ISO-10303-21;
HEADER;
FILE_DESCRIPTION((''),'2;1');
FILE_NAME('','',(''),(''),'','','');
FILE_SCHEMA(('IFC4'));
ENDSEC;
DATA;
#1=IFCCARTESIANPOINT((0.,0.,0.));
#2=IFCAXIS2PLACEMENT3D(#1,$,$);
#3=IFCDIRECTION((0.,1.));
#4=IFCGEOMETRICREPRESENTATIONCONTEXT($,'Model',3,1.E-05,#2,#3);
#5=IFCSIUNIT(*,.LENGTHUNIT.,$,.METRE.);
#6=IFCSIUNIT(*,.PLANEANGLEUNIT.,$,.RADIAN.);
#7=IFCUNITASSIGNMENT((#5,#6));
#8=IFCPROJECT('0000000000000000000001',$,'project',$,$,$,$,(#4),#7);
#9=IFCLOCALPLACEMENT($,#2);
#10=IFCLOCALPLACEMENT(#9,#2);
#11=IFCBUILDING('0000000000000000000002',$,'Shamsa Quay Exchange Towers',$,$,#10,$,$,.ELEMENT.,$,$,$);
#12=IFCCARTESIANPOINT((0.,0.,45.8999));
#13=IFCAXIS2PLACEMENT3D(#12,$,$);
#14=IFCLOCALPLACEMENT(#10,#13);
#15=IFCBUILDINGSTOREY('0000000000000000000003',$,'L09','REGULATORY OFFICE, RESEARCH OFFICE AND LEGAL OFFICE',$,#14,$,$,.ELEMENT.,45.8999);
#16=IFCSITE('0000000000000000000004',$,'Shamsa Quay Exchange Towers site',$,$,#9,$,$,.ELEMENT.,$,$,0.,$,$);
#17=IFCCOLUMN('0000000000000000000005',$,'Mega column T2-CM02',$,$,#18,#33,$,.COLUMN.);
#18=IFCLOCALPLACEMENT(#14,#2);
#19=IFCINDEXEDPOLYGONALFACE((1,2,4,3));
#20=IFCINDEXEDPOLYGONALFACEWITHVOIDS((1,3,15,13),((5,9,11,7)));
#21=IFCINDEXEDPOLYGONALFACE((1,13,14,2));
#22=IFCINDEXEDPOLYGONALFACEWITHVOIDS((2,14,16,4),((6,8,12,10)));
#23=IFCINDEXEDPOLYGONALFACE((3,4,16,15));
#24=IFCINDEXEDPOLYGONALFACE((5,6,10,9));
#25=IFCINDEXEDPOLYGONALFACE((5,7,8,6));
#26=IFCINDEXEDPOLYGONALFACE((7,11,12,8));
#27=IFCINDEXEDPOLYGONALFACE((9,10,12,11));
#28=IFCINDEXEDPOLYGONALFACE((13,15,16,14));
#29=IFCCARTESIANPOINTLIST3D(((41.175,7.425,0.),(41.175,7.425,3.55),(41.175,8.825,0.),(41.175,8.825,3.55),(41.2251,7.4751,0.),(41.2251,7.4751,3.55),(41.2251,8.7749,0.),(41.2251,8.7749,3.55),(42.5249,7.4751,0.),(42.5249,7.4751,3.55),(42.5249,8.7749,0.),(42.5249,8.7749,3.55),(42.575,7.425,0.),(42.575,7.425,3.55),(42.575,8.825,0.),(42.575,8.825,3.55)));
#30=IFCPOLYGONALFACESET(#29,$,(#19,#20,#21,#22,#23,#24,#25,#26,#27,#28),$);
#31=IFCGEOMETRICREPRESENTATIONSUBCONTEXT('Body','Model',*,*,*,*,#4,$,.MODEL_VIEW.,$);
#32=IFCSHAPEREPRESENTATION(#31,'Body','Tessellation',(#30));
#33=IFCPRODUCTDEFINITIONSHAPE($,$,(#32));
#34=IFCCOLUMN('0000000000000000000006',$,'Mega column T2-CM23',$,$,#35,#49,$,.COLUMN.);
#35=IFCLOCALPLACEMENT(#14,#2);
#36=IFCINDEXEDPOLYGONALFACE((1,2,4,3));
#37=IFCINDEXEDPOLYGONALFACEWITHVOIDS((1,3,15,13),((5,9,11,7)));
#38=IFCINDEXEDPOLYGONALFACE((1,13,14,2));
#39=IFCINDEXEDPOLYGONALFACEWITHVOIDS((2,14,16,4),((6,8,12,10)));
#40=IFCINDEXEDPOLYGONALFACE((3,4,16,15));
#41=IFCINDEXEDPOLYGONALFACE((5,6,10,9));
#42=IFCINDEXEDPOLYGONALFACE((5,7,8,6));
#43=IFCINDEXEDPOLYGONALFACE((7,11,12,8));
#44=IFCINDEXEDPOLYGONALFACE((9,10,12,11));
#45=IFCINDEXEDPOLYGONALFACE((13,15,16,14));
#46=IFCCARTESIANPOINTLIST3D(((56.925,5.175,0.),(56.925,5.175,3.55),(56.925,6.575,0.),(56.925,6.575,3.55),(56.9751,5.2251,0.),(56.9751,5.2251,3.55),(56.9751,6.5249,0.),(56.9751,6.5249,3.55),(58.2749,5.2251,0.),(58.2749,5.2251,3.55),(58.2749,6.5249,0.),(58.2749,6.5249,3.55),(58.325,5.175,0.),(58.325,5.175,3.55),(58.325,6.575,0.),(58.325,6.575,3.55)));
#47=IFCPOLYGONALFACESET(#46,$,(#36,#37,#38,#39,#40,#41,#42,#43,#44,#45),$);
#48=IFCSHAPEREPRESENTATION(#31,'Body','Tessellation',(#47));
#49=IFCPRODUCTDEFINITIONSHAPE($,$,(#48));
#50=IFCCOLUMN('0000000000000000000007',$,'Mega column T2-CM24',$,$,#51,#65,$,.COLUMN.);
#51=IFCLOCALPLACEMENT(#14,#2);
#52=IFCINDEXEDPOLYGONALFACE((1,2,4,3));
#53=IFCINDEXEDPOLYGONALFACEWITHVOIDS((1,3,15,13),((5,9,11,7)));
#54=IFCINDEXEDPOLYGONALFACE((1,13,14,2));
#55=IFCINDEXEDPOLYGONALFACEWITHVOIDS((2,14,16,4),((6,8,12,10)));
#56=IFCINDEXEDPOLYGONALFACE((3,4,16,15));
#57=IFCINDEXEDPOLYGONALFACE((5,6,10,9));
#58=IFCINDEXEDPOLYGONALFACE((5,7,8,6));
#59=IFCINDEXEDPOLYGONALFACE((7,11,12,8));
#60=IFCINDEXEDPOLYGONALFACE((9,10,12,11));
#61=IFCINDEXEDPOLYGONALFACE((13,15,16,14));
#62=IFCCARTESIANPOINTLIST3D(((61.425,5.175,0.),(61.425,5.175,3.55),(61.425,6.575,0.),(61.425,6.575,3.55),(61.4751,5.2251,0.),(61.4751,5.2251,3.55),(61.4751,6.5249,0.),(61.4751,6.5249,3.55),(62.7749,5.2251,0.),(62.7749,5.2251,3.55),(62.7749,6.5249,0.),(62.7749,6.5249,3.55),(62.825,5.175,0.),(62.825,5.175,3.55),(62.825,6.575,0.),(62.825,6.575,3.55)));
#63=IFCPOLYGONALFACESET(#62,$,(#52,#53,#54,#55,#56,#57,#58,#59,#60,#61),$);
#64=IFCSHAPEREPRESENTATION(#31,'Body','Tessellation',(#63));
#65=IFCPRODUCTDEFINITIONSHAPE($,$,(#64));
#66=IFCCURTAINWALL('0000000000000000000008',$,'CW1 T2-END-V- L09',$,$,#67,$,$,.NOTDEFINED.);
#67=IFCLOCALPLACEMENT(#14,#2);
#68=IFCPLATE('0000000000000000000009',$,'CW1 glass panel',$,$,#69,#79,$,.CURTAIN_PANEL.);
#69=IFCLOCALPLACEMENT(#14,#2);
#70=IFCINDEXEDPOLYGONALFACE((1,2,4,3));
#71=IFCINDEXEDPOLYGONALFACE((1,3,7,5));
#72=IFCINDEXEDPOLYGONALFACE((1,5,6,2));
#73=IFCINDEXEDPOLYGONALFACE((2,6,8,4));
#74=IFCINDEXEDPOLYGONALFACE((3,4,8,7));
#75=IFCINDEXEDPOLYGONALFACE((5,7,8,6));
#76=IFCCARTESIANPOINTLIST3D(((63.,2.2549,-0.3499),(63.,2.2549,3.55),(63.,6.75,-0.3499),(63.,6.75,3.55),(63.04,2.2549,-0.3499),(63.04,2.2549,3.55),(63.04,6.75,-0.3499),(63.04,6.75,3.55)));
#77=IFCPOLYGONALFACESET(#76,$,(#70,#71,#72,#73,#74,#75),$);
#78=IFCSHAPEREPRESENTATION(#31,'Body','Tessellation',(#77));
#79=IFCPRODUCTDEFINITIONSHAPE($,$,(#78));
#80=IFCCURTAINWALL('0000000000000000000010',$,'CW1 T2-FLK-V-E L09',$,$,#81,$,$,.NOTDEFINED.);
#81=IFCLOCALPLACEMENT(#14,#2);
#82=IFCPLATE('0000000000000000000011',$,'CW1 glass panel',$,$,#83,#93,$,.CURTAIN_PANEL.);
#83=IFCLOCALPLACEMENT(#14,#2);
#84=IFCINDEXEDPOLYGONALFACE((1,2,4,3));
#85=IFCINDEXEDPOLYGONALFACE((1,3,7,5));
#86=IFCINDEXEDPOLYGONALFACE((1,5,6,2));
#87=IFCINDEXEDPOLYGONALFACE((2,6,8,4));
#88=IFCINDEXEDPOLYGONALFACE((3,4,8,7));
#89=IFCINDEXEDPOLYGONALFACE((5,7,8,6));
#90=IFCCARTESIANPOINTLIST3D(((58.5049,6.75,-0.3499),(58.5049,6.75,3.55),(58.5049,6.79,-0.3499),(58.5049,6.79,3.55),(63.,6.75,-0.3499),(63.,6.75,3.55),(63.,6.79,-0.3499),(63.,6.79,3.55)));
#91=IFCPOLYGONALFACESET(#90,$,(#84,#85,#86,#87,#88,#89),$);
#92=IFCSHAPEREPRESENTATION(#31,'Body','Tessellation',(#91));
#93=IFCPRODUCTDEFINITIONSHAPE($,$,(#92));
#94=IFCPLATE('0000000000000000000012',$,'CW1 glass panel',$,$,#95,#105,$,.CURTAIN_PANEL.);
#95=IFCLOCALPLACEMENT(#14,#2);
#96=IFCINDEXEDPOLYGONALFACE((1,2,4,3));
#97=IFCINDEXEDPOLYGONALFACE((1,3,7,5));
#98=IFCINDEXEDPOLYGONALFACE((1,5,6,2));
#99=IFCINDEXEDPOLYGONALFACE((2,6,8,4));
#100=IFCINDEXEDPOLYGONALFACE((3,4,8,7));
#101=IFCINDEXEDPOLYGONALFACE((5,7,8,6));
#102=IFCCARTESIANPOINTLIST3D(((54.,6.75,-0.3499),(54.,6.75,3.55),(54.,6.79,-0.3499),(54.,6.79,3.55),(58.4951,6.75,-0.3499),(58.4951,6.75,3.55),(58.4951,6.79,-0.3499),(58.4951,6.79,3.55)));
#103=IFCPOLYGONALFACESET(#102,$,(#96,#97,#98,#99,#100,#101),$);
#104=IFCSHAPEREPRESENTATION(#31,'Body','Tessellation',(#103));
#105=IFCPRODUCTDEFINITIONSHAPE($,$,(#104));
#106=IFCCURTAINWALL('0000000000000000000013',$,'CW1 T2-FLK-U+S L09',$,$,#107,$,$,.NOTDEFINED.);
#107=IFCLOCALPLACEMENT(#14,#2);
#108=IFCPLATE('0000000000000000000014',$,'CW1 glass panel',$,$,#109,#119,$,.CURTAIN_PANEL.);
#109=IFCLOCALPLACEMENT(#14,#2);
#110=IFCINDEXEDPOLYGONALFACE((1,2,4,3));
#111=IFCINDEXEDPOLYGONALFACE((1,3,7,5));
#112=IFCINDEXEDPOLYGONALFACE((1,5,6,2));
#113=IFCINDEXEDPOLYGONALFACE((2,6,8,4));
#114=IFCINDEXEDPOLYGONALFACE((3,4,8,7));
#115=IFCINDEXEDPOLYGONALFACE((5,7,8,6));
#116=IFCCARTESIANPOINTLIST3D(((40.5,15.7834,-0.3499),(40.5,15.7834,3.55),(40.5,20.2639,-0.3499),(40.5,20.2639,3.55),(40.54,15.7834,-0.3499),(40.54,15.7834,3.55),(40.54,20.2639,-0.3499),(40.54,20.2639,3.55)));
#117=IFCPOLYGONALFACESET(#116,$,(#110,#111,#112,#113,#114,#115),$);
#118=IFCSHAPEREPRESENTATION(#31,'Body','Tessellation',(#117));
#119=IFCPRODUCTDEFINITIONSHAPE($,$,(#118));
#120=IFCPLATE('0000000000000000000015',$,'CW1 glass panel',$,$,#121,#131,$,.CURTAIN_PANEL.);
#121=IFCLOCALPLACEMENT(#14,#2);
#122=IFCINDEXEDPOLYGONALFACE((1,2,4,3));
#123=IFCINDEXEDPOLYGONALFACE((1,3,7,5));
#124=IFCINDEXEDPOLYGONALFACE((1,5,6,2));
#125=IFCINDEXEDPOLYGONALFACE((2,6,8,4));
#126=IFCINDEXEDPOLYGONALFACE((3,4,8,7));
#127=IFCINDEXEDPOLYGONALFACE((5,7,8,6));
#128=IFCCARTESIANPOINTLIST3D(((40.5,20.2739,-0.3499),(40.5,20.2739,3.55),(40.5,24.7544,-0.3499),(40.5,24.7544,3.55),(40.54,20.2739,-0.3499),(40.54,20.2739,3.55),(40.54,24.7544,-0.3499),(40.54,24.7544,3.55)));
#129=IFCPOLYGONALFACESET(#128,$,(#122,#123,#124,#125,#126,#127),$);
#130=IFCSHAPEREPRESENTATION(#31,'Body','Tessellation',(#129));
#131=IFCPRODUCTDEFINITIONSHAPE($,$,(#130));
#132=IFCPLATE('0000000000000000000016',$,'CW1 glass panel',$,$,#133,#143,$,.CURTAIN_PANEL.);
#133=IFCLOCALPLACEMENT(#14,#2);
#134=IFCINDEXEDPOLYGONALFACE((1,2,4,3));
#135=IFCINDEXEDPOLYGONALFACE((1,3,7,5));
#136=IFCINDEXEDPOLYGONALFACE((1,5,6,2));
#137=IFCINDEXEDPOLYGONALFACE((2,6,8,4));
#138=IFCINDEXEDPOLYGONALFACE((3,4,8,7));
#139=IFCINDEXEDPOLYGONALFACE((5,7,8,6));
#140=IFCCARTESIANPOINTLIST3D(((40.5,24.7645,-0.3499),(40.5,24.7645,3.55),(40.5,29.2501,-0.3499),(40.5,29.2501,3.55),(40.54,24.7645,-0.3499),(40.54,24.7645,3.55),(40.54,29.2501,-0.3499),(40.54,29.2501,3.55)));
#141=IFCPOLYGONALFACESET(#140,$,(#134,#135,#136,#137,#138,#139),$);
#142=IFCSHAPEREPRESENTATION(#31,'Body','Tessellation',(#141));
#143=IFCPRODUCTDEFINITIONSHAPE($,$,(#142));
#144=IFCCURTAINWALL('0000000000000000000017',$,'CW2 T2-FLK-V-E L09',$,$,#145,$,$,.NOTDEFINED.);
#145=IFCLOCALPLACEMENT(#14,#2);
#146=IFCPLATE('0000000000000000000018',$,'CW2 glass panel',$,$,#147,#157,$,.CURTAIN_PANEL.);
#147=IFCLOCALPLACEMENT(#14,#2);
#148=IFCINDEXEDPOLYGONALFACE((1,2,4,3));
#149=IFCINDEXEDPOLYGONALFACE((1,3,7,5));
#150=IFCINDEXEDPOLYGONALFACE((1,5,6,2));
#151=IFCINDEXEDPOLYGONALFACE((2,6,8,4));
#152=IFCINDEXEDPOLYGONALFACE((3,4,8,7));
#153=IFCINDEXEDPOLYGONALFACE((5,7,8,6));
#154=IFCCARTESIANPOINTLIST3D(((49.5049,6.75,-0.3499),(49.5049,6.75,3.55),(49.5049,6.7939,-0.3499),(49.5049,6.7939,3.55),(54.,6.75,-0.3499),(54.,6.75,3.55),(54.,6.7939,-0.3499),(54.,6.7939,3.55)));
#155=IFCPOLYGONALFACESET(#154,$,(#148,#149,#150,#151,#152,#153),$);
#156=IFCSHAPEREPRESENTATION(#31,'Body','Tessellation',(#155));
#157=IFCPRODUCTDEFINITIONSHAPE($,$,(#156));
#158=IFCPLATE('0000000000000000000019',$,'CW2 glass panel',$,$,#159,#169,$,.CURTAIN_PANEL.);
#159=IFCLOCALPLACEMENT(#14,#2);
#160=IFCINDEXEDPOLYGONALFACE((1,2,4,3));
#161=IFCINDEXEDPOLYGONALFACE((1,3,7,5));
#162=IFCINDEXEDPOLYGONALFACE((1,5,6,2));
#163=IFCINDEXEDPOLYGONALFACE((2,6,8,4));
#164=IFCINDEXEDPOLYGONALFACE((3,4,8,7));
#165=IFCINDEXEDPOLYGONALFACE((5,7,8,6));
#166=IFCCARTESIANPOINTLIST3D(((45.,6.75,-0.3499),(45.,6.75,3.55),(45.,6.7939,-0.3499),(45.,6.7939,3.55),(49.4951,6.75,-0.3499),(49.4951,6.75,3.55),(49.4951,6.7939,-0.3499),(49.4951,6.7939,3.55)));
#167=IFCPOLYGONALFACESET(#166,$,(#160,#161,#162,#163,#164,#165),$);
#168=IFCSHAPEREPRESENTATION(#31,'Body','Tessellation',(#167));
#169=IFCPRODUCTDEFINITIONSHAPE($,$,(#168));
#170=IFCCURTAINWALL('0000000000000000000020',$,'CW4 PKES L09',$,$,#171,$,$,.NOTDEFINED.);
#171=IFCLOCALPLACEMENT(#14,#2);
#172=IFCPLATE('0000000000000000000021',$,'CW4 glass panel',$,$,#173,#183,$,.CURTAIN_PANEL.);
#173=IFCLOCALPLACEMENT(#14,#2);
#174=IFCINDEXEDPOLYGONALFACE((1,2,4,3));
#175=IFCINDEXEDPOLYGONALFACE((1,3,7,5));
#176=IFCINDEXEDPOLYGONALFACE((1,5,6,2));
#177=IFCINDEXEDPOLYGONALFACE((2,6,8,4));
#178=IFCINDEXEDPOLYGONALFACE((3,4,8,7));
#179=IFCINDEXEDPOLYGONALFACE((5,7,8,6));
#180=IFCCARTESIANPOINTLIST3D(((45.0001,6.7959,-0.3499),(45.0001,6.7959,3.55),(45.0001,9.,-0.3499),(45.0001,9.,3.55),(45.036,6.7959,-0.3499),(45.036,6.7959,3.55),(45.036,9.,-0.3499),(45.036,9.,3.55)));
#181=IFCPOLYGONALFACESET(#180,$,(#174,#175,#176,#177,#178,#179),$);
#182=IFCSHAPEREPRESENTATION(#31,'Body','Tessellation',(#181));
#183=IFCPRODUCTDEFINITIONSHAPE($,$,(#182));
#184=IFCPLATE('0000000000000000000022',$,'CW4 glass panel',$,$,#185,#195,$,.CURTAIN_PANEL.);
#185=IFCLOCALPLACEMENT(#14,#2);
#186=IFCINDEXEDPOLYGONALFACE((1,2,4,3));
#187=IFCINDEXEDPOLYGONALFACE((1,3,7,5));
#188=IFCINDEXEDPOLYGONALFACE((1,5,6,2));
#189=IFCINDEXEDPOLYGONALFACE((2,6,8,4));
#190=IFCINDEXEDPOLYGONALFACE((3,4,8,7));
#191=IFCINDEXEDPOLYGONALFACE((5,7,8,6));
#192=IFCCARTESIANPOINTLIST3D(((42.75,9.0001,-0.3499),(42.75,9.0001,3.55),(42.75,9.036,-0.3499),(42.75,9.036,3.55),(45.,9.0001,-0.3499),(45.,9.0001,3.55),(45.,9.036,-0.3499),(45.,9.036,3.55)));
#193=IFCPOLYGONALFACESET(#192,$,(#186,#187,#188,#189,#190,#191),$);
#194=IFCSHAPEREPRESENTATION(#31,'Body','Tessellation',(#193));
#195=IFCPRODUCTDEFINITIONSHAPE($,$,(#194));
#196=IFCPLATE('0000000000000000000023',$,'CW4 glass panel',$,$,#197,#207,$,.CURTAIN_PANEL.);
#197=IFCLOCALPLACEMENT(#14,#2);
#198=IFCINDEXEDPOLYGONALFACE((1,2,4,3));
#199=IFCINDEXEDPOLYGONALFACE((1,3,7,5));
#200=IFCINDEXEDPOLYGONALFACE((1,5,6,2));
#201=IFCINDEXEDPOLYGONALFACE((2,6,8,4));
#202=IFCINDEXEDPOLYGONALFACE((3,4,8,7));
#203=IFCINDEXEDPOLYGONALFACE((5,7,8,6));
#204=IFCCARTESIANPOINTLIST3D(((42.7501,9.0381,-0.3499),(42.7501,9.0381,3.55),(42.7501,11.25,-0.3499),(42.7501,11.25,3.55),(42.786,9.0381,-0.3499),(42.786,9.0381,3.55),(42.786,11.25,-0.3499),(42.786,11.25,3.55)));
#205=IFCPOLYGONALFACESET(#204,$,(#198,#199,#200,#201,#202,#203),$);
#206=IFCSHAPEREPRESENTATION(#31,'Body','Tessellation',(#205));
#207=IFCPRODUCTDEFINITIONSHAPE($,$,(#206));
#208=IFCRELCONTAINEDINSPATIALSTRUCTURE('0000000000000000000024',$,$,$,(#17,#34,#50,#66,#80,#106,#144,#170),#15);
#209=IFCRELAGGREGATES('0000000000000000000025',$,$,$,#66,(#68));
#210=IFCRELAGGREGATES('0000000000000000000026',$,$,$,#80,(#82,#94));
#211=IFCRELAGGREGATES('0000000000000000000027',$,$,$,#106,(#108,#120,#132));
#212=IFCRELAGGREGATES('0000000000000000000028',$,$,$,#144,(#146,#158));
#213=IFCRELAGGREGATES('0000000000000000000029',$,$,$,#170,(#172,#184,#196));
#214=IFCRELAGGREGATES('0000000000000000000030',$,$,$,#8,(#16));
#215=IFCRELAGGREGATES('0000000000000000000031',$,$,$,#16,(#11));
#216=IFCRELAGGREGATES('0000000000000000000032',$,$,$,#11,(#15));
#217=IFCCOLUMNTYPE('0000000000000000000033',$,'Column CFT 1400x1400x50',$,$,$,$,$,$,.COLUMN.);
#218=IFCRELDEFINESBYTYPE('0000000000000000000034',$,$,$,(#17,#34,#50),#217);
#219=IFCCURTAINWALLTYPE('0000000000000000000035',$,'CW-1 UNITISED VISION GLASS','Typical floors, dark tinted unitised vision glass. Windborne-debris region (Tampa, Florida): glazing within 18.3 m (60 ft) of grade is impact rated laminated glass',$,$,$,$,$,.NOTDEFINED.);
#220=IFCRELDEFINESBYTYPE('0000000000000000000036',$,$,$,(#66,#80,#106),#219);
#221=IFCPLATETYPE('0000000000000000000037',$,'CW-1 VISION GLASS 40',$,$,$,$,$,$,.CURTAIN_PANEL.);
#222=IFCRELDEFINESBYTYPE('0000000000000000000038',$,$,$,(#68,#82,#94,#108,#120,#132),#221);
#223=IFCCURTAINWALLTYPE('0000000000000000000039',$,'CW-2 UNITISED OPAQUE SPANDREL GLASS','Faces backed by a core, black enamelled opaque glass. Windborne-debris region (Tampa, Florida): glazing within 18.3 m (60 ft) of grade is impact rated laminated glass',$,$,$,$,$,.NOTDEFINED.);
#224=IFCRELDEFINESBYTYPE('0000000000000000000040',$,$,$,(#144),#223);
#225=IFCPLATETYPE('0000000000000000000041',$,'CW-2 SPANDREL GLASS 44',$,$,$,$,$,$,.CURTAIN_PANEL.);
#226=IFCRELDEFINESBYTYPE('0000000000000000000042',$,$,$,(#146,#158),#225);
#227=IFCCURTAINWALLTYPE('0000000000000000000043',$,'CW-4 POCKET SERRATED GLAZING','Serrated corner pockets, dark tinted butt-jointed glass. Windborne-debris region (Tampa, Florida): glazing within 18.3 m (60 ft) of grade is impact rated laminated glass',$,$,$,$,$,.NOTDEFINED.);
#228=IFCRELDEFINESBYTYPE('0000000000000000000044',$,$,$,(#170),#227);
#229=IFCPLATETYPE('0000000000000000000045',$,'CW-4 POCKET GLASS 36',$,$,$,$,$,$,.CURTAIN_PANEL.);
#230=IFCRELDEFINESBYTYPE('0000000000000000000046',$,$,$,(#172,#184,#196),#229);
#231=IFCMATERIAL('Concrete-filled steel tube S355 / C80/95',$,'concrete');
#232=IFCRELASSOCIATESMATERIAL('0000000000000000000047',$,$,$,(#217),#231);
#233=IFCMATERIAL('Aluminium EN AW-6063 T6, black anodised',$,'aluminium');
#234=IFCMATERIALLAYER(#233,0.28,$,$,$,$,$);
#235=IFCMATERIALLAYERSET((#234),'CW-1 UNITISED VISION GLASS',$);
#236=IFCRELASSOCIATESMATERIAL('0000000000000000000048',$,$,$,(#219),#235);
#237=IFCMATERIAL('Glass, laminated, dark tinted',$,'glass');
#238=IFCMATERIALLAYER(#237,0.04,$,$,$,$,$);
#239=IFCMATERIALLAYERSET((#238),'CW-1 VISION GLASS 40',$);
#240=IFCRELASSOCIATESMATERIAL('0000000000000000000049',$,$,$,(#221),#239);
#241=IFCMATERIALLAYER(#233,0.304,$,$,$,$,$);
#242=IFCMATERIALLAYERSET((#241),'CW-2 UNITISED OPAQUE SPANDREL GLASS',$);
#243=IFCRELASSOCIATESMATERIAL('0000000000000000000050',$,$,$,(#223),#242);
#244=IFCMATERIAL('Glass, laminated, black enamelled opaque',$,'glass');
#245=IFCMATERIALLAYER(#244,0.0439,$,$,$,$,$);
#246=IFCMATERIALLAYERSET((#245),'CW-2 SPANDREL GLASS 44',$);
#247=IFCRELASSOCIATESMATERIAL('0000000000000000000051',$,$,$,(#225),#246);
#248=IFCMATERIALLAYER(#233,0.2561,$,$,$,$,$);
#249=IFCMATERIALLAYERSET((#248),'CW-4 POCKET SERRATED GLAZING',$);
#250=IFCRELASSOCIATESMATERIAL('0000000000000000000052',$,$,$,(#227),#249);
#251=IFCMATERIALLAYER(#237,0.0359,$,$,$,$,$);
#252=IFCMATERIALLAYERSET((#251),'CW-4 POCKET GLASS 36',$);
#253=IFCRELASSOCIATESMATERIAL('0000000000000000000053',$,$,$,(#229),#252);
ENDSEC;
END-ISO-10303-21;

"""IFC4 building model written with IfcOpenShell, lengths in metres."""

from ifc_helpers import new_model, si_unit, direction, frame, origin, origin_2d, place, context, subcontext, project, spatial, rectangle, hollow_rectangle, extrude, material, layer, layer_set, material_profile, profile_set, type_object, element, aggregate, save


model = new_model("IFC4")

# Units and contexts
model_context = context("Model", 3, precision=1e-05, world=origin(), true_north=direction((0.0, 1.0)))
body_context = subcontext(model_context, "Body", "Model", "MODEL_VIEW")
ifc_project = project(units=[si_unit("LENGTHUNIT", "METRE"), si_unit("PLANEANGLEUNIT", "RADIAN")], contexts=[model_context])

# Site, building, storey
site_placement = place(None, origin())
site = spatial("IfcSite", under=ifc_project, at=site_placement, Name="Shamsa Quay Exchange Towers site", CompositionType="ELEMENT", RefElevation=0.0)
building_placement = place(site_placement, origin())
building = spatial("IfcBuilding", under=site, at=building_placement, Name="Shamsa Quay Exchange Towers", CompositionType="ELEMENT")
storey_placement = place(building_placement, frame((0.0, 0.0, 45.8999)))
storey = spatial("IfcBuildingStorey", under=building, at=storey_placement, Name="L09", Description="REGULATORY OFFICE, RESEARCH OFFICE AND LEGAL OFFICE", CompositionType="ELEMENT", Elevation=45.8999)

# Columns
ifc_material_1 = material(Name="Concrete-filled steel tube S355 / C80/95", Category="concrete")
ifc_material_profile = material_profile(ifc_material_1, hollow_rectangle(XDim=1.3999, YDim=1.3999, WallThickness=0.05, at=origin_2d()), Name="CFT 1400x1400x50")
ifc_profile_set = profile_set([ifc_material_profile], Name="Concrete-filled steel tube S355 / C80/95")
column_type = type_object("IfcColumnType", Name="Column CFT 1400x1400x50", PredefinedType="COLUMN", material=ifc_profile_set)
for number, where, name in (
    (1, (41.875, 8.125, 0.0), "Mega column T2-CM02"),
    (2, (57.625, 5.875, 0.0), "Mega column T2-CM23"),
    (3, (62.125, 5.875, 0.0), "Mega column T2-CM24"),
):
    element("IfcColumn", number, at=place(storey_placement, frame(where)), inside=storey, type_object=column_type, Name=name, PredefinedType="COLUMN", context=body_context, shape_type="SweptSolid", body=[
        extrude(hollow_rectangle(XDim=1.3999, YDim=1.3999, WallThickness=0.05, at=origin_2d()), origin(), (0.0, 0.0, 1.0), 3.55),
    ])

# Curtain wall, plate
ifc_material_2 = material(Name="Aluminium EN AW-6063 T6, black anodised", Category="aluminium")
ifc_layer_1 = layer(ifc_material_2, 0.28)
ifc_layer_set_1 = layer_set([ifc_layer_1], Name="CW-1 UNITISED VISION GLASS")
curtain_wall_type_1 = type_object("IfcCurtainWallType", Name="CW-1 UNITISED VISION GLASS", Description="Typical floors, dark tinted unitised vision glass. Windborne-debris region (Tampa, Florida): glazing within 18.3 m (60 ft) of grade is impact rated laminated glass", PredefinedType="NOTDEFINED", material=ifc_layer_set_1)
curtain_wall_1_placement = place(storey_placement, origin())
curtain_wall_1 = element("IfcCurtainWall", 4, at=curtain_wall_1_placement, inside=storey, type_object=curtain_wall_type_1, Name="CW1 T2-END-V- L09", PredefinedType="NOTDEFINED")
ifc_material_3 = material(Name="Glass, laminated, dark tinted", Category="glass")
ifc_layer_2 = layer(ifc_material_3, 0.04)
ifc_layer_set_2 = layer_set([ifc_layer_2], Name="CW-1 VISION GLASS 40")
plate_type_1 = type_object("IfcPlateType", Name="CW-1 VISION GLASS 40", PredefinedType="CURTAIN_PANEL", material=ifc_layer_set_2)
plate_1_placement = place(storey_placement, frame((63.02, 4.5024, -0.3499), z_axis=(0.0, 0.0, 1.0), x_axis=(0.0, 1.0, 0.0)))
plate_1 = element("IfcPlate", 5, at=plate_1_placement, type_object=plate_type_1, Name="CW1 glass panel", PredefinedType="CURTAIN_PANEL", context=body_context, shape_type="SweptSolid", body=[
    extrude(rectangle(XDim=4.4951, YDim=0.04, at=origin_2d()), origin(), (0.0, 0.0, 1.0), 3.8999),
])
aggregate(curtain_wall_1, [plate_1])

# Curtain walls, plates
curtain_wall_2_placement = place(storey_placement, origin())
curtain_wall_2 = element("IfcCurtainWall", 6, at=curtain_wall_2_placement, inside=storey, type_object=curtain_wall_type_1, Name="CW1 T2-FLK-V-E L09", PredefinedType="NOTDEFINED")
plate_2_placement = place(storey_placement, frame((60.7524, 6.77, -0.3499), z_axis=(0.0, 0.0, 1.0), x_axis=(-1.0, 0.0, 0.0)))
plate_2 = element("IfcPlate", 7, at=plate_2_placement, type_object=plate_type_1, Name="CW1 glass panel", PredefinedType="CURTAIN_PANEL", context=body_context, shape_type="SweptSolid", body=[
    extrude(rectangle(XDim=4.4951, YDim=0.04, at=origin_2d()), origin(), (0.0, 0.0, 1.0), 3.8999),
])
plate_3_placement = place(storey_placement, frame((56.2476, 6.77, -0.3499), z_axis=(0.0, 0.0, 1.0), x_axis=(-1.0, 0.0, 0.0)))
plate_3 = element("IfcPlate", 8, at=plate_3_placement, type_object=plate_type_1, Name="CW1 glass panel", PredefinedType="CURTAIN_PANEL", context=body_context, shape_type="SweptSolid", body=[
    extrude(rectangle(XDim=4.4951, YDim=0.04, at=origin_2d()), origin(), (0.0, 0.0, 1.0), 3.8999),
])
aggregate(curtain_wall_2, [plate_2, plate_3])
curtain_wall_3_placement = place(storey_placement, origin())
curtain_wall_3 = element("IfcCurtainWall", 9, at=curtain_wall_3_placement, inside=storey, type_object=curtain_wall_type_1, Name="CW1 T2-FLK-U+S L09", PredefinedType="NOTDEFINED")
plate_4_placement = place(storey_placement, frame((40.52, 18.0237, -0.3499), z_axis=(0.0, 0.0, 1.0), x_axis=(0.0, 1.0, 0.0)))
plate_4 = element("IfcPlate", 10, at=plate_4_placement, type_object=plate_type_1, Name="CW1 glass panel", PredefinedType="CURTAIN_PANEL", context=body_context, shape_type="SweptSolid", body=[
    extrude(rectangle(XDim=4.4805, YDim=0.04, at=origin_2d()), origin(), (0.0, 0.0, 1.0), 3.8999),
])
plate_5_placement = place(storey_placement, frame((40.52, 22.5142, -0.3499), z_axis=(0.0, 0.0, 1.0), x_axis=(0.0, 1.0, 0.0)))
plate_5 = element("IfcPlate", 11, at=plate_5_placement, type_object=plate_type_1, Name="CW1 glass panel", PredefinedType="CURTAIN_PANEL", context=body_context, shape_type="SweptSolid", body=[
    extrude(rectangle(XDim=4.4805, YDim=0.04, at=origin_2d()), origin(), (0.0, 0.0, 1.0), 3.8999),
])
plate_6_placement = place(storey_placement, frame((40.52, 27.0073, -0.3499), z_axis=(0.0, 0.0, 1.0), x_axis=(0.0, 1.0, 0.0)))
plate_6 = element("IfcPlate", 12, at=plate_6_placement, type_object=plate_type_1, Name="CW1 glass panel", PredefinedType="CURTAIN_PANEL", context=body_context, shape_type="SweptSolid", body=[
    extrude(rectangle(XDim=4.4856, YDim=0.04, at=origin_2d()), origin(), (0.0, 0.0, 1.0), 3.8999),
])
aggregate(curtain_wall_3, [plate_4, plate_5, plate_6])
ifc_layer_3 = layer(ifc_material_2, 0.304)
ifc_layer_set_3 = layer_set([ifc_layer_3], Name="CW-2 UNITISED OPAQUE SPANDREL GLASS")
curtain_wall_type_2 = type_object("IfcCurtainWallType", Name="CW-2 UNITISED OPAQUE SPANDREL GLASS", Description="Faces backed by a core, black enamelled opaque glass. Windborne-debris region (Tampa, Florida): glazing within 18.3 m (60 ft) of grade is impact rated laminated glass", PredefinedType="NOTDEFINED", material=ifc_layer_set_3)
curtain_wall_4_placement = place(storey_placement, origin())
curtain_wall_4 = element("IfcCurtainWall", 13, at=curtain_wall_4_placement, inside=storey, type_object=curtain_wall_type_2, Name="CW2 T2-FLK-V-E L09", PredefinedType="NOTDEFINED")
ifc_material_4 = material(Name="Glass, laminated, black enamelled opaque", Category="glass")
ifc_layer_4 = layer(ifc_material_4, 0.0439)
ifc_layer_set_4 = layer_set([ifc_layer_4], Name="CW-2 SPANDREL GLASS 44")
plate_type_2 = type_object("IfcPlateType", Name="CW-2 SPANDREL GLASS 44", PredefinedType="CURTAIN_PANEL", material=ifc_layer_set_4)
plate_7_placement = place(storey_placement, frame((51.7524, 6.772, -0.3499), z_axis=(0.0, 0.0, 1.0), x_axis=(-1.0, 0.0, 0.0)))
plate_7 = element("IfcPlate", 14, at=plate_7_placement, type_object=plate_type_2, Name="CW2 glass panel", PredefinedType="CURTAIN_PANEL", context=body_context, shape_type="SweptSolid", body=[
    extrude(rectangle(XDim=4.4951, YDim=0.0439, at=origin_2d()), origin(), (0.0, 0.0, 1.0), 3.8999),
])
plate_8_placement = place(storey_placement, frame((47.2476, 6.772, -0.3499), z_axis=(0.0, 0.0, 1.0), x_axis=(-1.0, 0.0, 0.0)))
plate_8 = element("IfcPlate", 15, at=plate_8_placement, type_object=plate_type_2, Name="CW2 glass panel", PredefinedType="CURTAIN_PANEL", context=body_context, shape_type="SweptSolid", body=[
    extrude(rectangle(XDim=4.4951, YDim=0.0439, at=origin_2d()), origin(), (0.0, 0.0, 1.0), 3.8999),
])
aggregate(curtain_wall_4, [plate_7, plate_8])
ifc_layer_5 = layer(ifc_material_2, 0.2561)
ifc_layer_set_5 = layer_set([ifc_layer_5], Name="CW-4 POCKET SERRATED GLAZING")
curtain_wall_type_3 = type_object("IfcCurtainWallType", Name="CW-4 POCKET SERRATED GLAZING", Description="Serrated corner pockets, dark tinted butt-jointed glass. Windborne-debris region (Tampa, Florida): glazing within 18.3 m (60 ft) of grade is impact rated laminated glass", PredefinedType="NOTDEFINED", material=ifc_layer_set_5)
curtain_wall_5_placement = place(storey_placement, origin())
curtain_wall_5 = element("IfcCurtainWall", 16, at=curtain_wall_5_placement, inside=storey, type_object=curtain_wall_type_3, Name="CW4 PKES L09", PredefinedType="NOTDEFINED")
ifc_layer_6 = layer(ifc_material_3, 0.0359)
ifc_layer_set_6 = layer_set([ifc_layer_6], Name="CW-4 POCKET GLASS 36")
plate_type_3 = type_object("IfcPlateType", Name="CW-4 POCKET GLASS 36", PredefinedType="CURTAIN_PANEL", material=ifc_layer_set_6)
plate_9_placement = place(storey_placement, frame((45.0181, 7.8979, -0.3499), z_axis=(0.0, 0.0, 1.0), x_axis=(0.0, 1.0, 0.0)))
plate_9 = element("IfcPlate", 17, at=plate_9_placement, type_object=plate_type_3, Name="CW4 glass panel", PredefinedType="CURTAIN_PANEL", context=body_context, shape_type="SweptSolid", body=[
    extrude(rectangle(XDim=2.2041, YDim=0.0359, at=origin_2d()), origin(), (0.0, 0.0, 1.0), 3.8999),
])
plate_10_placement = place(storey_placement, frame((43.875, 9.0181, -0.3499), z_axis=(0.0, 0.0, 1.0), x_axis=(-1.0, 0.0, 0.0)))
plate_10 = element("IfcPlate", 18, at=plate_10_placement, type_object=plate_type_3, Name="CW4 glass panel", PredefinedType="CURTAIN_PANEL", context=body_context, shape_type="SweptSolid", body=[
    extrude(rectangle(XDim=2.25, YDim=0.0359, at=origin_2d()), origin(), (0.0, 0.0, 1.0), 3.8999),
])
plate_11_placement = place(storey_placement, frame((42.7681, 10.144, -0.3499), z_axis=(0.0, 0.0, 1.0), x_axis=(0.0, 1.0, 0.0)))
plate_11 = element("IfcPlate", 19, at=plate_11_placement, type_object=plate_type_3, Name="CW4 glass panel", PredefinedType="CURTAIN_PANEL", context=body_context, shape_type="SweptSolid", body=[
    extrude(rectangle(XDim=2.2119, YDim=0.0359, at=origin_2d()), origin(), (0.0, 0.0, 1.0), 3.8999),
])
aggregate(curtain_wall_5, [plate_9, plate_10, plate_11])

save(model, "model.ifc")
